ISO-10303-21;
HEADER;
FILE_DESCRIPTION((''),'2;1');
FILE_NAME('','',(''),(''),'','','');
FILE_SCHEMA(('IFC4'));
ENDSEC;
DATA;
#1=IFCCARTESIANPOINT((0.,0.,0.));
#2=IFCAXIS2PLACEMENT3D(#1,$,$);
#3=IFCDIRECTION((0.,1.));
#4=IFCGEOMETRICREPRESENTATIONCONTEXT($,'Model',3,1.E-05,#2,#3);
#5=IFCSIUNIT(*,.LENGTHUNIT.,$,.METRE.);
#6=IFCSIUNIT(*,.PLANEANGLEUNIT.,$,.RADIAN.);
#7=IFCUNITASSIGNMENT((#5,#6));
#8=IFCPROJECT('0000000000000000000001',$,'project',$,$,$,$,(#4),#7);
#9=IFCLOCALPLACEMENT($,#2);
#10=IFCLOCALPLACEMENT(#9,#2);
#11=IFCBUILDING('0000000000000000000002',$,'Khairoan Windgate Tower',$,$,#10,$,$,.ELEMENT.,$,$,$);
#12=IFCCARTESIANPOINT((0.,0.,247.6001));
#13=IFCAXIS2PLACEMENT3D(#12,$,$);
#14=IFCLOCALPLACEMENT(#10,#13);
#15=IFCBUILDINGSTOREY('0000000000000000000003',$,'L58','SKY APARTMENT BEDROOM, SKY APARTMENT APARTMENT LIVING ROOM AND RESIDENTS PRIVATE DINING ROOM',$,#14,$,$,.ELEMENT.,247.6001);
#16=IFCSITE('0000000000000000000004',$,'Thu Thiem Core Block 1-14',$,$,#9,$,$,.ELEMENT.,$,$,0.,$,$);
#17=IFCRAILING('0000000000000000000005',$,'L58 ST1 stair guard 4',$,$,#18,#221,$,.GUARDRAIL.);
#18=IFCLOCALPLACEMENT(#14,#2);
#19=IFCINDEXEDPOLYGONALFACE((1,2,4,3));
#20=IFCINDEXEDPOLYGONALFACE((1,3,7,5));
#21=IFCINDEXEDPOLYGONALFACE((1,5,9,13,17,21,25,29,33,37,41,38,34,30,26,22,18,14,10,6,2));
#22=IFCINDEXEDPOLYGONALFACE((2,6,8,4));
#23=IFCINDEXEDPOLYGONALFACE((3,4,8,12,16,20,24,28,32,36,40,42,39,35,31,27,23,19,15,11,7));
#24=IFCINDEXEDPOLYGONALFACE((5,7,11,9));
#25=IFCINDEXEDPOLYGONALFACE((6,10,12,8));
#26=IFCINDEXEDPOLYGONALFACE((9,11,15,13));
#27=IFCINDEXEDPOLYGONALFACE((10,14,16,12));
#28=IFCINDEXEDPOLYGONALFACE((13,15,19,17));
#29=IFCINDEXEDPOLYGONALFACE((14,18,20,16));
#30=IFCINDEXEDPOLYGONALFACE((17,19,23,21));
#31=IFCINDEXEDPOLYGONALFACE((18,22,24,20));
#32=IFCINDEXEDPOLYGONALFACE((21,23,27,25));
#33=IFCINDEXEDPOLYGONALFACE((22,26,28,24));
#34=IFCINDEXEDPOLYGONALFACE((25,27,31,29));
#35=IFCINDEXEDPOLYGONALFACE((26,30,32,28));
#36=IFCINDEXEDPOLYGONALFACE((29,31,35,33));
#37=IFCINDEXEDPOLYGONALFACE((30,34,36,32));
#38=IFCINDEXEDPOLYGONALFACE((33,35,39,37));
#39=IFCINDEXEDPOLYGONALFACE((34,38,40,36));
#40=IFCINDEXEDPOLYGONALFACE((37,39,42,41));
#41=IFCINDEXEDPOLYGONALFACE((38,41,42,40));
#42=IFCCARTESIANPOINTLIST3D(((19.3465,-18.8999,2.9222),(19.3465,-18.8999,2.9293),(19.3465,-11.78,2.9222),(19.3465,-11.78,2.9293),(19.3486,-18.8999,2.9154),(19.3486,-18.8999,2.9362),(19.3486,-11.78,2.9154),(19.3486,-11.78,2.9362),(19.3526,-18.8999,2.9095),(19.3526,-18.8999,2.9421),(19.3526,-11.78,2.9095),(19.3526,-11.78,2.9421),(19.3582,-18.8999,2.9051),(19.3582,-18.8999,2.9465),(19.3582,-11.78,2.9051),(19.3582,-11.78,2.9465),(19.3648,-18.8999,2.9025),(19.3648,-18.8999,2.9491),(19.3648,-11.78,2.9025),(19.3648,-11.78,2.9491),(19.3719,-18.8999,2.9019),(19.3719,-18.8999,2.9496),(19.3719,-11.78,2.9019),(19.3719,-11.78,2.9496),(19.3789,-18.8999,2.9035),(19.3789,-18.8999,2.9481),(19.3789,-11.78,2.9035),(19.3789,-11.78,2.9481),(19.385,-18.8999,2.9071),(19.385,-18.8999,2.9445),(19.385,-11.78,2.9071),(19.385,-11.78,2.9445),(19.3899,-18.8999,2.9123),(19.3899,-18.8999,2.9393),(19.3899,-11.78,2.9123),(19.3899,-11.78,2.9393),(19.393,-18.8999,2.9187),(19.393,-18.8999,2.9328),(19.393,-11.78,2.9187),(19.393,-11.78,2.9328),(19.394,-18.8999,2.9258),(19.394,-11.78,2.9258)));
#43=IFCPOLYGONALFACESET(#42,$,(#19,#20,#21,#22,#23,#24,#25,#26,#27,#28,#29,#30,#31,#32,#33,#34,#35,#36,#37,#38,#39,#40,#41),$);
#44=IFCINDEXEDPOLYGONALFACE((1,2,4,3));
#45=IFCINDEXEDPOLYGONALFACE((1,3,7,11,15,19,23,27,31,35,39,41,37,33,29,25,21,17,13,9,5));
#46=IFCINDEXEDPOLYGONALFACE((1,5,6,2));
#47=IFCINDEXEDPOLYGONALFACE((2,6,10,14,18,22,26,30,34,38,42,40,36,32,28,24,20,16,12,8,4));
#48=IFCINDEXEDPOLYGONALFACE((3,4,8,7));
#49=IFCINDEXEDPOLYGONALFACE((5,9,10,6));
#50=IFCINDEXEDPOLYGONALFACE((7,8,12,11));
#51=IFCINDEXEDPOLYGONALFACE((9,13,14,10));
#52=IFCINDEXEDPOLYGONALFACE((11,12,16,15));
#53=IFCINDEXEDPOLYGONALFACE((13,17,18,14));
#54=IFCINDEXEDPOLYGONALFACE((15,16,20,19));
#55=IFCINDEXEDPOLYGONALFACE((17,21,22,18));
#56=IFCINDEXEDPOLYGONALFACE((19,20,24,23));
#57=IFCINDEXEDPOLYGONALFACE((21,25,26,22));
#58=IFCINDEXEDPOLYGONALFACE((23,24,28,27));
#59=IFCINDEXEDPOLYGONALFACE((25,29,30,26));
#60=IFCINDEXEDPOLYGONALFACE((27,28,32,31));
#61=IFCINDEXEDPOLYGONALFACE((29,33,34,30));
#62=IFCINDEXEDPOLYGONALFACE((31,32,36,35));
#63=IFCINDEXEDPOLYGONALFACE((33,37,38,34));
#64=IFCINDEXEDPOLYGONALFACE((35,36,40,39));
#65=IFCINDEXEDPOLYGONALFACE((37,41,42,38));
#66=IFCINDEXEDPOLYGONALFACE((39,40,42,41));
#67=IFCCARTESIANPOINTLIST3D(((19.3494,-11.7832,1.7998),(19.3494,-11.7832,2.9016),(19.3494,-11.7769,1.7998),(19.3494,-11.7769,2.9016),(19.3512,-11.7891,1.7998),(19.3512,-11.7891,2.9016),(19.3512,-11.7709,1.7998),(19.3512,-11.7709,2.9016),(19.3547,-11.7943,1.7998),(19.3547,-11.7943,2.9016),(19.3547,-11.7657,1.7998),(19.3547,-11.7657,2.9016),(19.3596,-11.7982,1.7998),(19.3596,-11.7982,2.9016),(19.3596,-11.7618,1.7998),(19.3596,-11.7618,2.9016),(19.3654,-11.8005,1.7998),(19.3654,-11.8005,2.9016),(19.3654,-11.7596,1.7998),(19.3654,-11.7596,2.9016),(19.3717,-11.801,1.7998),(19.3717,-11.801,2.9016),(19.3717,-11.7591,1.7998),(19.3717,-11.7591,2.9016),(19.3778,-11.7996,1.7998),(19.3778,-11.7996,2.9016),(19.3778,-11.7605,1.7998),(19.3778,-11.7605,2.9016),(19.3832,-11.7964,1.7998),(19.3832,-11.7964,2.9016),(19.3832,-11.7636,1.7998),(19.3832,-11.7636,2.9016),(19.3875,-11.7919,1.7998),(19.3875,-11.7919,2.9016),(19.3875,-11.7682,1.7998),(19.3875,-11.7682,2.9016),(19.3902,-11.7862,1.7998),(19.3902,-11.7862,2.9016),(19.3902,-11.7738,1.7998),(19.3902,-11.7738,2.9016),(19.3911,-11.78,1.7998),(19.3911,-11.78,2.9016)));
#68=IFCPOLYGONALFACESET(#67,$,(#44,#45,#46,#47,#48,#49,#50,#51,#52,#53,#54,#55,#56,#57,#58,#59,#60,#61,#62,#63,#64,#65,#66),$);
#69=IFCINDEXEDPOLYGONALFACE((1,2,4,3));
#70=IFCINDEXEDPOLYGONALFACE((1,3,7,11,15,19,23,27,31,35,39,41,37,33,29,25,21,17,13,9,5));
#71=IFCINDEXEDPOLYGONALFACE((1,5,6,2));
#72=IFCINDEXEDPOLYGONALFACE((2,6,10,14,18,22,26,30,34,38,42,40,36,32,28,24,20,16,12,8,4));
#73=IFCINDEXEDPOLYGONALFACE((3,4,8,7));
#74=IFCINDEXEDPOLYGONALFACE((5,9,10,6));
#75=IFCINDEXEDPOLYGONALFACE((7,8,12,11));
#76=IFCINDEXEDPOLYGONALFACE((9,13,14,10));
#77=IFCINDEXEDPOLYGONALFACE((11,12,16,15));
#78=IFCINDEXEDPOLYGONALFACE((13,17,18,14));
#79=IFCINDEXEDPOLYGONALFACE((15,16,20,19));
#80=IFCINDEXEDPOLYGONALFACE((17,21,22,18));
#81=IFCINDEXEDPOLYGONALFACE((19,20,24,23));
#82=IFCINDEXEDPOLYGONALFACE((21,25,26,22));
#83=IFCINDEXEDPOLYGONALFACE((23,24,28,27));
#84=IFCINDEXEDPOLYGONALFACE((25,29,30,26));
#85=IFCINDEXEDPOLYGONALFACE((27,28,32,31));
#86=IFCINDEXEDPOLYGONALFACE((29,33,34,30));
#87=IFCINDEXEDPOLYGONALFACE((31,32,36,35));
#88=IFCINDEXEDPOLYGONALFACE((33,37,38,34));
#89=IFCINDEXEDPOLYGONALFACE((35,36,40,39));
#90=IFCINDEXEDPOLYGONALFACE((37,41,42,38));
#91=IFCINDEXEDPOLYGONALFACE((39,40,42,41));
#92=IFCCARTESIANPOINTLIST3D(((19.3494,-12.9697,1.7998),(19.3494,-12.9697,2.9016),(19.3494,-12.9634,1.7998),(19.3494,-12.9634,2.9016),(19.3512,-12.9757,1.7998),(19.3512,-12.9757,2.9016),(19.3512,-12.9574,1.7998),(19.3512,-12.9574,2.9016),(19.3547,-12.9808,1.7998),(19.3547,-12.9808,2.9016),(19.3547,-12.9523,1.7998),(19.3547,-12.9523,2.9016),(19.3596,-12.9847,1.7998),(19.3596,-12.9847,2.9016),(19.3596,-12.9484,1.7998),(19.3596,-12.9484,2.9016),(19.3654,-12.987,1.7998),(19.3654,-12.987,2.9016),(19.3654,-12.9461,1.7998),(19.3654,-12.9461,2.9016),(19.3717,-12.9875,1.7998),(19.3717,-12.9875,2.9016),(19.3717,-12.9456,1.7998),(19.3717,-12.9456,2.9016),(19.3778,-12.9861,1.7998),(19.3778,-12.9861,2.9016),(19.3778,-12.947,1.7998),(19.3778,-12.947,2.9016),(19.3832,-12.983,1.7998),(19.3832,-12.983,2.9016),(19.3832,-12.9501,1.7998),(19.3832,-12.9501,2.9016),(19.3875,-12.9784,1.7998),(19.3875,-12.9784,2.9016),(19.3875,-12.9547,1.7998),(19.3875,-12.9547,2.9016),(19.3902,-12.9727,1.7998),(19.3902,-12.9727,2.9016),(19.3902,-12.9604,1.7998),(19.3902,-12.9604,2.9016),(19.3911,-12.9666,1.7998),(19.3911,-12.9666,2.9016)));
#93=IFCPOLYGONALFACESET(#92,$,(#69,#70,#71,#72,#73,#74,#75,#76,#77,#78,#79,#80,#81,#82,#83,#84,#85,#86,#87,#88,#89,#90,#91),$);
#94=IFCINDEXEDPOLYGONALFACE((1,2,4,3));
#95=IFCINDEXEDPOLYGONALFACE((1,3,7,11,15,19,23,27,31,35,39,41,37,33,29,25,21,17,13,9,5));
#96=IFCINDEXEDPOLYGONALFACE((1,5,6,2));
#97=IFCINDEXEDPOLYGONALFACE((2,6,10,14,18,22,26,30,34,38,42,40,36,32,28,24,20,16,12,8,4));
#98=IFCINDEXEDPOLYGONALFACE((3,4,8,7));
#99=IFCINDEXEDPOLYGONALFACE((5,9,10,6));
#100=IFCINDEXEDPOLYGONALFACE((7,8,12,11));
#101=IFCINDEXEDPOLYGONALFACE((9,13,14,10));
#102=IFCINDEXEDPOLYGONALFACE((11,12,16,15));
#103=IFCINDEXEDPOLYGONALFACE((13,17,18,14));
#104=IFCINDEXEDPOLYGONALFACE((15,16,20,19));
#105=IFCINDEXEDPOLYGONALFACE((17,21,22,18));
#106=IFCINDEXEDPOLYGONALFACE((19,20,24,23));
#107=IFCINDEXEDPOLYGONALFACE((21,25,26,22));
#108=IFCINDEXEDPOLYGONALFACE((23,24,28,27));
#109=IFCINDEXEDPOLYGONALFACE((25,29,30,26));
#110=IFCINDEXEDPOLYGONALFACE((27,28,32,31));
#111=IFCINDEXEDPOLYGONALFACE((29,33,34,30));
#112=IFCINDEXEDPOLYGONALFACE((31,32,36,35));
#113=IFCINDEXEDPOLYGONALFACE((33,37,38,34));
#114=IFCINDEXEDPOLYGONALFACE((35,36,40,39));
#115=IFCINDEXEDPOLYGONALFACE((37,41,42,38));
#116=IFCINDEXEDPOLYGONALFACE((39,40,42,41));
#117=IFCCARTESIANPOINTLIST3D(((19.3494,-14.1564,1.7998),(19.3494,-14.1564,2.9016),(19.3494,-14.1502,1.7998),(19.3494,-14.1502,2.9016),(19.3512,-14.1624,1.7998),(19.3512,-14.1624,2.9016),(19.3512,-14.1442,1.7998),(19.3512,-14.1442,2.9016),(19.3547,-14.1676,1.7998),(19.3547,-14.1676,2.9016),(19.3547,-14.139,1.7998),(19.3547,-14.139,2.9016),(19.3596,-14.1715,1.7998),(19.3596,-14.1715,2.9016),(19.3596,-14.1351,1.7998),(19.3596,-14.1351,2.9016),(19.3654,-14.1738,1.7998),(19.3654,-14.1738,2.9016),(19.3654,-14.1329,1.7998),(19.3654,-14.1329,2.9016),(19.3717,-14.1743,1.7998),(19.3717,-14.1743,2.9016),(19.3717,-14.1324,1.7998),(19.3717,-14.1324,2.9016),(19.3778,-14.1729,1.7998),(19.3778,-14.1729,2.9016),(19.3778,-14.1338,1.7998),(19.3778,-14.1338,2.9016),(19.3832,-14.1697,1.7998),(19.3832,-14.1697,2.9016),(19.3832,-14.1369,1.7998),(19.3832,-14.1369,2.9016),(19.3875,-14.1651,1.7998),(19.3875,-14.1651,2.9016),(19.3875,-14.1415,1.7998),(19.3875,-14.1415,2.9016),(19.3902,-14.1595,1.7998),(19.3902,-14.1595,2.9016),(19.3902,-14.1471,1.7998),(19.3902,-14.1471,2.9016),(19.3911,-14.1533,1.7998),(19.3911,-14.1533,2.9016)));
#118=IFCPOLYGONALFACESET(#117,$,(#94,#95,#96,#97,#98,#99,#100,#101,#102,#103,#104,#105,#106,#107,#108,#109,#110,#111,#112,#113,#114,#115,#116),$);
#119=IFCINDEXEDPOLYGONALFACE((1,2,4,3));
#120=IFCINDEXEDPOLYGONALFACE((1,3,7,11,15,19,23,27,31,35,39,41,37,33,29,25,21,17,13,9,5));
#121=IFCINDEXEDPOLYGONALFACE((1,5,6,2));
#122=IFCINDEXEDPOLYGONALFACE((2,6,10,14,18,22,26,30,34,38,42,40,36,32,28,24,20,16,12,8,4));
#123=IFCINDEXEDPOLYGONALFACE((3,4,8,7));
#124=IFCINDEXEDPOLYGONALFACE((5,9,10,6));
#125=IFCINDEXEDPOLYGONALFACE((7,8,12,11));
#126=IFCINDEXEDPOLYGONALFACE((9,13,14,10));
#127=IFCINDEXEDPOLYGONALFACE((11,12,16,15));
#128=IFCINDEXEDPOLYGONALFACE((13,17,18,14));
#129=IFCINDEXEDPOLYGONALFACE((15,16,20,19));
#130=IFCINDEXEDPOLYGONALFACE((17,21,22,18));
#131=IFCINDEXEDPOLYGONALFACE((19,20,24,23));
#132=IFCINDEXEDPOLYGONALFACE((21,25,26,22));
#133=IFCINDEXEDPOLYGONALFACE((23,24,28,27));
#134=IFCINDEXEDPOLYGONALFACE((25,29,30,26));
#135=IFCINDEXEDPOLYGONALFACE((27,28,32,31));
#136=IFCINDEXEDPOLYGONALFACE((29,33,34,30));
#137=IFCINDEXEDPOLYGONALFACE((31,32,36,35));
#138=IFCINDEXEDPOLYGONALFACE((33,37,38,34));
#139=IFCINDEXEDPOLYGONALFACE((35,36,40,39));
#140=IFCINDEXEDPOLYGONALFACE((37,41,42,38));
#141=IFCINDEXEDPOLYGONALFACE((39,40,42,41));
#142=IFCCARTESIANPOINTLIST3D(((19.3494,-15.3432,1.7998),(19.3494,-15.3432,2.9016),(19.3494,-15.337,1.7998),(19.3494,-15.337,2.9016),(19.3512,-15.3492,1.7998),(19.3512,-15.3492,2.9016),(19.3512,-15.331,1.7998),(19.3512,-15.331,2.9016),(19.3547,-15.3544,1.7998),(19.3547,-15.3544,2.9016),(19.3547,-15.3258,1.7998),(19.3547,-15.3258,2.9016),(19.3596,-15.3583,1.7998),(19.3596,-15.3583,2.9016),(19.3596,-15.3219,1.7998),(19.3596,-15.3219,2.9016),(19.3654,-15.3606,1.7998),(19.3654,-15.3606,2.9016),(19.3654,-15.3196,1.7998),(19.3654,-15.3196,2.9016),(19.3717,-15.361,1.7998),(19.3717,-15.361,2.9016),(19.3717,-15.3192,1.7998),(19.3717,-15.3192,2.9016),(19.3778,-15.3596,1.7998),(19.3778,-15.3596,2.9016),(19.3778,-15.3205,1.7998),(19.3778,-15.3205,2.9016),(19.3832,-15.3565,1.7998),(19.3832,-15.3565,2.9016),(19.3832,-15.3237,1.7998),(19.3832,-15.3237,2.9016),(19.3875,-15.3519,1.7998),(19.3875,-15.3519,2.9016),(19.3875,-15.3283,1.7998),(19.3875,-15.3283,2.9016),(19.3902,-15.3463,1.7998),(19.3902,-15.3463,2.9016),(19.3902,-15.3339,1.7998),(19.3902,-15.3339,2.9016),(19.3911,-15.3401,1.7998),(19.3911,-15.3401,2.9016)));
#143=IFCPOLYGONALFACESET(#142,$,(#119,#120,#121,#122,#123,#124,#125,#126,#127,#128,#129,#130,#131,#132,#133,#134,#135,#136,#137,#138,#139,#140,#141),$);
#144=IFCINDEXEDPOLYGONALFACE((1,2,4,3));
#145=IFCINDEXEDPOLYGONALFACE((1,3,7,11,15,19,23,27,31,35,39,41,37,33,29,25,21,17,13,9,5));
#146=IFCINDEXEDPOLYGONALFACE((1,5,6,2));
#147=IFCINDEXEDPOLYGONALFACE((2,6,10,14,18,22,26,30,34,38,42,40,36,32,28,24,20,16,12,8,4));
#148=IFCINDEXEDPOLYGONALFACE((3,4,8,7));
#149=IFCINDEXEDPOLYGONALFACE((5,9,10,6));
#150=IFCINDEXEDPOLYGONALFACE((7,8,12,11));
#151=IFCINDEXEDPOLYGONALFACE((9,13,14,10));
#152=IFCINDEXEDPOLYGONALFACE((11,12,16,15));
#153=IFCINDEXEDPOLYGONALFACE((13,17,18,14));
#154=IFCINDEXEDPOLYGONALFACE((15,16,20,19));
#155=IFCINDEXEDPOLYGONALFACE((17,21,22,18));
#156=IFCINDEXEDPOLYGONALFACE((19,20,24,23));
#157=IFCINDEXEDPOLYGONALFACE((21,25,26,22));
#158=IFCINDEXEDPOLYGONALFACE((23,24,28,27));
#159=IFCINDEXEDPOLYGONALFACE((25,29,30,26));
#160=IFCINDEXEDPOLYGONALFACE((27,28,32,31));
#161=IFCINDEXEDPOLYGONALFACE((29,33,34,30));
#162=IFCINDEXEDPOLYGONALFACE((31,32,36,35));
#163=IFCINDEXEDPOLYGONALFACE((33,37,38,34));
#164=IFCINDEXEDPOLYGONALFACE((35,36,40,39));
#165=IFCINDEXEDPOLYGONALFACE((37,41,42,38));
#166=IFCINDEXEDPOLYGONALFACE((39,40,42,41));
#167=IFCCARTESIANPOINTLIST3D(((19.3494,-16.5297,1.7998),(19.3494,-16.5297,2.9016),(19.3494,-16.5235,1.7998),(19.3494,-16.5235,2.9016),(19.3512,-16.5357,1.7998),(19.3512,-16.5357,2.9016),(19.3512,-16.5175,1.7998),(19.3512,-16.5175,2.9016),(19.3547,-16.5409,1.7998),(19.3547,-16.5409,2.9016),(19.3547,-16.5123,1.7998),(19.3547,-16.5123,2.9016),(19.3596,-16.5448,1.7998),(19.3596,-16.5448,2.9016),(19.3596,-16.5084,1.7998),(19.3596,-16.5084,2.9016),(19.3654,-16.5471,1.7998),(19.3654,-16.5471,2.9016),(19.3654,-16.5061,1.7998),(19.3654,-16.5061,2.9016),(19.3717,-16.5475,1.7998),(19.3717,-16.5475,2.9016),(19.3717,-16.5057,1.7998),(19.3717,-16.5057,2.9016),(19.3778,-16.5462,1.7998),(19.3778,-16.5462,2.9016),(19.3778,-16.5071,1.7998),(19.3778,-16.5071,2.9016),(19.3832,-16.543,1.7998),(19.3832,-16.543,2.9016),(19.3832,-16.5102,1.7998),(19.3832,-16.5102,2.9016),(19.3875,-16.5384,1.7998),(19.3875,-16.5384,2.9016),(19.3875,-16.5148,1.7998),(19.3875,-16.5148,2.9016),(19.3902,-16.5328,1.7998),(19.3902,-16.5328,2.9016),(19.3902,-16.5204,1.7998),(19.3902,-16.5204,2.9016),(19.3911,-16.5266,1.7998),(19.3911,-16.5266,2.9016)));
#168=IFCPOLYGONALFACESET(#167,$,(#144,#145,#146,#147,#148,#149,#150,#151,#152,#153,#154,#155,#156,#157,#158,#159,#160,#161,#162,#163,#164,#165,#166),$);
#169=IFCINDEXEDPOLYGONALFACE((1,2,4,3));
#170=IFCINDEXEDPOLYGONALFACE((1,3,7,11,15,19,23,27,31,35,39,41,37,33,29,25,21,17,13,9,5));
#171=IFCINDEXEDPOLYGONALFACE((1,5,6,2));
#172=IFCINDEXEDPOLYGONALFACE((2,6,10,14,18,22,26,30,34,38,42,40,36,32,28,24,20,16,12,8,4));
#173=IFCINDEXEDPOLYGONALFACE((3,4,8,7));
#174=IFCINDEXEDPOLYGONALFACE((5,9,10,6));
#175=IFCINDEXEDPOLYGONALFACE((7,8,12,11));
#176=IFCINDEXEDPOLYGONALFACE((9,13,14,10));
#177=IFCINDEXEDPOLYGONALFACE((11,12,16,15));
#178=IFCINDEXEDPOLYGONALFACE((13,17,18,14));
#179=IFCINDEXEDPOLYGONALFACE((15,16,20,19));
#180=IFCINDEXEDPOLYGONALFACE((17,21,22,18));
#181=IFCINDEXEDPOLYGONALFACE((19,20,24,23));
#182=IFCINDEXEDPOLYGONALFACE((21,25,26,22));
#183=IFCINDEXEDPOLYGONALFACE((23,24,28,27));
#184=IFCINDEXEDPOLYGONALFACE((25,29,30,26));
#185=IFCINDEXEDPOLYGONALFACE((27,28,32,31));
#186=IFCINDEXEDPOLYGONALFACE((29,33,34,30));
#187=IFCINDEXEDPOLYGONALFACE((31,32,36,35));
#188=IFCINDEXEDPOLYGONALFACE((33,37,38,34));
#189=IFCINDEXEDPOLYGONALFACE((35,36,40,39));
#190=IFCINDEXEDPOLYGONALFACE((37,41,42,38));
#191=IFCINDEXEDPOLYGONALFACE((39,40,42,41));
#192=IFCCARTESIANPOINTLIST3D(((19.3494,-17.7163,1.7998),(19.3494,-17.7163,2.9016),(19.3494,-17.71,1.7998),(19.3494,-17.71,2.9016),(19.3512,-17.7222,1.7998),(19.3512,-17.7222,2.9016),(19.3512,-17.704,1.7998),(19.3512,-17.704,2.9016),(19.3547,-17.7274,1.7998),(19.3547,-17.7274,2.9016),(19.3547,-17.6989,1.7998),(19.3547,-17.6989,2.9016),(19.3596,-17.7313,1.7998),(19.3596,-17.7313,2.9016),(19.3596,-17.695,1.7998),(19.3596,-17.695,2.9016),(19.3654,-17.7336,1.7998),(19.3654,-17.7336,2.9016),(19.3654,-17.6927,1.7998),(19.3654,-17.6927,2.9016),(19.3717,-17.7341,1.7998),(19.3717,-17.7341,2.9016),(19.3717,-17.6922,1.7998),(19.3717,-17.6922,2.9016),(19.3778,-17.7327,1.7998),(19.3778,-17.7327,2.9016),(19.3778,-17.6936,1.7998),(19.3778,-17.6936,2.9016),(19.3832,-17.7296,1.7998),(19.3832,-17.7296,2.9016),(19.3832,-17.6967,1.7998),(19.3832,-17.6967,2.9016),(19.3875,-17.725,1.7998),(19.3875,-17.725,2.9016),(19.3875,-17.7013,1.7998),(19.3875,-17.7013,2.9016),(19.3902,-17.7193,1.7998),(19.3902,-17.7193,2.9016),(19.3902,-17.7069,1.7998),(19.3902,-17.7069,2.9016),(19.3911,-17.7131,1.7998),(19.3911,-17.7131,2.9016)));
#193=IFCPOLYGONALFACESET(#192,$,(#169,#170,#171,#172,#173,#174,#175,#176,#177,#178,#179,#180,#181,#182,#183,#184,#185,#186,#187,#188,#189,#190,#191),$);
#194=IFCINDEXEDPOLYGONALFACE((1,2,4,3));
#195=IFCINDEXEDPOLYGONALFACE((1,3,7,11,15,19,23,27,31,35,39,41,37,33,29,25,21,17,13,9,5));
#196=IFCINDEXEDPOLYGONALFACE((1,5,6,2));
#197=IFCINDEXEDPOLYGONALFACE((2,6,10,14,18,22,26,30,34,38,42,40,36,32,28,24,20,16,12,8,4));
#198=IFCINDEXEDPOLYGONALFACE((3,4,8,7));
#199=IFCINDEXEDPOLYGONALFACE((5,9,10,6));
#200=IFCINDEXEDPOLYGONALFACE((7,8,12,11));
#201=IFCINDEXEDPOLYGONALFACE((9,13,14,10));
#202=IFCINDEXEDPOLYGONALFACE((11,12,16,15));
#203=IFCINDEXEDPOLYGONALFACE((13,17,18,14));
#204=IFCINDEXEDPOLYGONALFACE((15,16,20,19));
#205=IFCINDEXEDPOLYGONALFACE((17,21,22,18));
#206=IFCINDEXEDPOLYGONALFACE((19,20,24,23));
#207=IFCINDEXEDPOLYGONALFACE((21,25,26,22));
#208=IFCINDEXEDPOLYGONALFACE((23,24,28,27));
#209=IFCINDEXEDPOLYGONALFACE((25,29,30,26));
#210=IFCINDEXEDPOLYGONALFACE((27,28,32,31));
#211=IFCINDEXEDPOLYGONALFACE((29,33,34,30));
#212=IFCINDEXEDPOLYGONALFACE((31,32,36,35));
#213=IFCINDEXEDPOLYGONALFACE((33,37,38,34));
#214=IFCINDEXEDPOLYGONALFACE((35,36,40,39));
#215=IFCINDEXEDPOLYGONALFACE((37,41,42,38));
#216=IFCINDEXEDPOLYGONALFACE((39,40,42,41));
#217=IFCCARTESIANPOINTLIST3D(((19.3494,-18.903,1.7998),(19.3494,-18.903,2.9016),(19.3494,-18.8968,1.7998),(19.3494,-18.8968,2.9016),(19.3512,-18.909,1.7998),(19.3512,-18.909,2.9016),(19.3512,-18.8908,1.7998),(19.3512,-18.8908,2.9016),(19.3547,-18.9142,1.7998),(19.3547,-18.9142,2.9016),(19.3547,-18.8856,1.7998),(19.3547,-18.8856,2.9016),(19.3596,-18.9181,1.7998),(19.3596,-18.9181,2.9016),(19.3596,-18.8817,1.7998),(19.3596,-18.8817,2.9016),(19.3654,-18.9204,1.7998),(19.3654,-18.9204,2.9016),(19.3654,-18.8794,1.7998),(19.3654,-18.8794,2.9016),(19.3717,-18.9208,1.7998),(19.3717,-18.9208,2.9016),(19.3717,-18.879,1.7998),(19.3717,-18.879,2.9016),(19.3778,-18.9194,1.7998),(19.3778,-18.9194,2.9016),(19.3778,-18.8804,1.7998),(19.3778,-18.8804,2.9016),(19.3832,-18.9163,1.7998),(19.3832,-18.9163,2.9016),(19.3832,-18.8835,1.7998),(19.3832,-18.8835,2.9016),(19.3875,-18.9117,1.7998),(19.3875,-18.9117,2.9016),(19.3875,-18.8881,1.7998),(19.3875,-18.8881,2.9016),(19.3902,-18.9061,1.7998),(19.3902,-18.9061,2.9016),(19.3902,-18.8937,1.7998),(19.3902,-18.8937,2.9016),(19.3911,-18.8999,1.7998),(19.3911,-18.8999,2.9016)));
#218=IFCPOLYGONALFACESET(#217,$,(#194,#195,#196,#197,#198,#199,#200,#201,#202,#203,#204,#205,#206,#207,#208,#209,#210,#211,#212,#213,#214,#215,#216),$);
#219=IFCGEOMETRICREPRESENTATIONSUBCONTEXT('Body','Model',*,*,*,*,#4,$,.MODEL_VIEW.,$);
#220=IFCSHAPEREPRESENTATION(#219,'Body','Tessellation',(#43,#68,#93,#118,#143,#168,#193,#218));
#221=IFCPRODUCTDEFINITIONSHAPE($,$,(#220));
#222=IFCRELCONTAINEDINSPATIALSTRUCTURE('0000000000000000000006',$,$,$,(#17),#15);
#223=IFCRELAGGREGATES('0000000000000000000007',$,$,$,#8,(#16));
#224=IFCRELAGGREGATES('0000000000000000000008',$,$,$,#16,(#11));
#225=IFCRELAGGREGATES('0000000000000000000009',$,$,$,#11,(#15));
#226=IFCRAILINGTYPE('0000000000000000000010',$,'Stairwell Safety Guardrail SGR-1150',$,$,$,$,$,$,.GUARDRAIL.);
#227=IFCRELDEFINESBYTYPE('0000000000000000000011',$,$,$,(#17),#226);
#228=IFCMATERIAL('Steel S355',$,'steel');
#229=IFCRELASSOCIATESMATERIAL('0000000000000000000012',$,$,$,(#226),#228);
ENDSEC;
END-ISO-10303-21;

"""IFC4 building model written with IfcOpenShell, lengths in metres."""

from ifc_helpers import new_model, si_unit, direction, frame, origin, origin_2d, place, context, subcontext, project, spatial, circle, extrude, material, type_object, element, save


model = new_model("IFC4")

# Units and contexts
model_context = context("Model", 3, precision=1e-05, world=origin(), true_north=direction((0.0, 1.0)))
body_context = subcontext(model_context, "Body", "Model", "MODEL_VIEW")
ifc_project = project(units=[si_unit("LENGTHUNIT", "METRE"), si_unit("PLANEANGLEUNIT", "RADIAN")], contexts=[model_context])

# Site, building, storey
site_placement = place(None, origin())
site = spatial("IfcSite", under=ifc_project, at=site_placement, Name="Thu Thiem Core Block 1-14", CompositionType="ELEMENT", RefElevation=0.0)
building_placement = place(site_placement, origin())
building = spatial("IfcBuilding", under=site, at=building_placement, Name="Khairoan Windgate Tower", CompositionType="ELEMENT")
storey_placement = place(building_placement, frame((0.0, 0.0, 247.6001)))
storey = spatial("IfcBuildingStorey", under=building, at=storey_placement, Name="L58", Description="SKY APARTMENT BEDROOM, SKY APARTMENT APARTMENT LIVING ROOM AND RESIDENTS PRIVATE DINING ROOM", CompositionType="ELEMENT", Elevation=247.6001)

# Railing
ifc_material_1 = material(Name="Steel S355", Category="steel")
railing_type_1 = type_object("IfcRailingType", Name="Stairwell Safety Guardrail SGR-1150", PredefinedType="GUARDRAIL", material=ifc_material_1)
railing_1_placement = place(storey_placement, frame((19.3701, -11.78, 1.7998)))
element("IfcRailing", 1, at=railing_1_placement, inside=storey, type_object=railing_type_1, Name="L58 ST1 stair guard 4", PredefinedType="GUARDRAIL", context=body_context, shape_type="SweptSolid", body=[
    extrude(circle(Radius=0.0239, at=origin_2d()), frame((0.0, 0.0, 1.126), z_axis=(0.0, -1.0, 0.0), x_axis=(1.0, 0.0, 0.0)), (0.0, 0.0, 1.0), 7.1199),
    extrude(circle(Radius=0.021, at=origin_2d()), origin(), (0.0, 0.0, 1.0), 1.1018),
    extrude(circle(Radius=0.021, at=origin_2d()), frame((0.0, -1.1865, 0.0)), (0.0, 0.0, 1.0), 1.1018),
    extrude(circle(Radius=0.021, at=origin_2d()), frame((0.0, -2.3733, 0.0)), (0.0, 0.0, 1.0), 1.1018),
    extrude(circle(Radius=0.021, at=origin_2d()), frame((0.0, -3.5601, 0.0)), (0.0, 0.0, 1.0), 1.1018),
    extrude(circle(Radius=0.021, at=origin_2d()), frame((0.0, -4.7466, 0.0)), (0.0, 0.0, 1.0), 1.1018),
    extrude(circle(Radius=0.021, at=origin_2d()), frame((0.0, -5.9331, 0.0)), (0.0, 0.0, 1.0), 1.1018),
    extrude(circle(Radius=0.021, at=origin_2d()), frame((0.0, -7.1199, 0.0)), (0.0, 0.0, 1.0), 1.1018),
])

save(model, "model.ifc")
